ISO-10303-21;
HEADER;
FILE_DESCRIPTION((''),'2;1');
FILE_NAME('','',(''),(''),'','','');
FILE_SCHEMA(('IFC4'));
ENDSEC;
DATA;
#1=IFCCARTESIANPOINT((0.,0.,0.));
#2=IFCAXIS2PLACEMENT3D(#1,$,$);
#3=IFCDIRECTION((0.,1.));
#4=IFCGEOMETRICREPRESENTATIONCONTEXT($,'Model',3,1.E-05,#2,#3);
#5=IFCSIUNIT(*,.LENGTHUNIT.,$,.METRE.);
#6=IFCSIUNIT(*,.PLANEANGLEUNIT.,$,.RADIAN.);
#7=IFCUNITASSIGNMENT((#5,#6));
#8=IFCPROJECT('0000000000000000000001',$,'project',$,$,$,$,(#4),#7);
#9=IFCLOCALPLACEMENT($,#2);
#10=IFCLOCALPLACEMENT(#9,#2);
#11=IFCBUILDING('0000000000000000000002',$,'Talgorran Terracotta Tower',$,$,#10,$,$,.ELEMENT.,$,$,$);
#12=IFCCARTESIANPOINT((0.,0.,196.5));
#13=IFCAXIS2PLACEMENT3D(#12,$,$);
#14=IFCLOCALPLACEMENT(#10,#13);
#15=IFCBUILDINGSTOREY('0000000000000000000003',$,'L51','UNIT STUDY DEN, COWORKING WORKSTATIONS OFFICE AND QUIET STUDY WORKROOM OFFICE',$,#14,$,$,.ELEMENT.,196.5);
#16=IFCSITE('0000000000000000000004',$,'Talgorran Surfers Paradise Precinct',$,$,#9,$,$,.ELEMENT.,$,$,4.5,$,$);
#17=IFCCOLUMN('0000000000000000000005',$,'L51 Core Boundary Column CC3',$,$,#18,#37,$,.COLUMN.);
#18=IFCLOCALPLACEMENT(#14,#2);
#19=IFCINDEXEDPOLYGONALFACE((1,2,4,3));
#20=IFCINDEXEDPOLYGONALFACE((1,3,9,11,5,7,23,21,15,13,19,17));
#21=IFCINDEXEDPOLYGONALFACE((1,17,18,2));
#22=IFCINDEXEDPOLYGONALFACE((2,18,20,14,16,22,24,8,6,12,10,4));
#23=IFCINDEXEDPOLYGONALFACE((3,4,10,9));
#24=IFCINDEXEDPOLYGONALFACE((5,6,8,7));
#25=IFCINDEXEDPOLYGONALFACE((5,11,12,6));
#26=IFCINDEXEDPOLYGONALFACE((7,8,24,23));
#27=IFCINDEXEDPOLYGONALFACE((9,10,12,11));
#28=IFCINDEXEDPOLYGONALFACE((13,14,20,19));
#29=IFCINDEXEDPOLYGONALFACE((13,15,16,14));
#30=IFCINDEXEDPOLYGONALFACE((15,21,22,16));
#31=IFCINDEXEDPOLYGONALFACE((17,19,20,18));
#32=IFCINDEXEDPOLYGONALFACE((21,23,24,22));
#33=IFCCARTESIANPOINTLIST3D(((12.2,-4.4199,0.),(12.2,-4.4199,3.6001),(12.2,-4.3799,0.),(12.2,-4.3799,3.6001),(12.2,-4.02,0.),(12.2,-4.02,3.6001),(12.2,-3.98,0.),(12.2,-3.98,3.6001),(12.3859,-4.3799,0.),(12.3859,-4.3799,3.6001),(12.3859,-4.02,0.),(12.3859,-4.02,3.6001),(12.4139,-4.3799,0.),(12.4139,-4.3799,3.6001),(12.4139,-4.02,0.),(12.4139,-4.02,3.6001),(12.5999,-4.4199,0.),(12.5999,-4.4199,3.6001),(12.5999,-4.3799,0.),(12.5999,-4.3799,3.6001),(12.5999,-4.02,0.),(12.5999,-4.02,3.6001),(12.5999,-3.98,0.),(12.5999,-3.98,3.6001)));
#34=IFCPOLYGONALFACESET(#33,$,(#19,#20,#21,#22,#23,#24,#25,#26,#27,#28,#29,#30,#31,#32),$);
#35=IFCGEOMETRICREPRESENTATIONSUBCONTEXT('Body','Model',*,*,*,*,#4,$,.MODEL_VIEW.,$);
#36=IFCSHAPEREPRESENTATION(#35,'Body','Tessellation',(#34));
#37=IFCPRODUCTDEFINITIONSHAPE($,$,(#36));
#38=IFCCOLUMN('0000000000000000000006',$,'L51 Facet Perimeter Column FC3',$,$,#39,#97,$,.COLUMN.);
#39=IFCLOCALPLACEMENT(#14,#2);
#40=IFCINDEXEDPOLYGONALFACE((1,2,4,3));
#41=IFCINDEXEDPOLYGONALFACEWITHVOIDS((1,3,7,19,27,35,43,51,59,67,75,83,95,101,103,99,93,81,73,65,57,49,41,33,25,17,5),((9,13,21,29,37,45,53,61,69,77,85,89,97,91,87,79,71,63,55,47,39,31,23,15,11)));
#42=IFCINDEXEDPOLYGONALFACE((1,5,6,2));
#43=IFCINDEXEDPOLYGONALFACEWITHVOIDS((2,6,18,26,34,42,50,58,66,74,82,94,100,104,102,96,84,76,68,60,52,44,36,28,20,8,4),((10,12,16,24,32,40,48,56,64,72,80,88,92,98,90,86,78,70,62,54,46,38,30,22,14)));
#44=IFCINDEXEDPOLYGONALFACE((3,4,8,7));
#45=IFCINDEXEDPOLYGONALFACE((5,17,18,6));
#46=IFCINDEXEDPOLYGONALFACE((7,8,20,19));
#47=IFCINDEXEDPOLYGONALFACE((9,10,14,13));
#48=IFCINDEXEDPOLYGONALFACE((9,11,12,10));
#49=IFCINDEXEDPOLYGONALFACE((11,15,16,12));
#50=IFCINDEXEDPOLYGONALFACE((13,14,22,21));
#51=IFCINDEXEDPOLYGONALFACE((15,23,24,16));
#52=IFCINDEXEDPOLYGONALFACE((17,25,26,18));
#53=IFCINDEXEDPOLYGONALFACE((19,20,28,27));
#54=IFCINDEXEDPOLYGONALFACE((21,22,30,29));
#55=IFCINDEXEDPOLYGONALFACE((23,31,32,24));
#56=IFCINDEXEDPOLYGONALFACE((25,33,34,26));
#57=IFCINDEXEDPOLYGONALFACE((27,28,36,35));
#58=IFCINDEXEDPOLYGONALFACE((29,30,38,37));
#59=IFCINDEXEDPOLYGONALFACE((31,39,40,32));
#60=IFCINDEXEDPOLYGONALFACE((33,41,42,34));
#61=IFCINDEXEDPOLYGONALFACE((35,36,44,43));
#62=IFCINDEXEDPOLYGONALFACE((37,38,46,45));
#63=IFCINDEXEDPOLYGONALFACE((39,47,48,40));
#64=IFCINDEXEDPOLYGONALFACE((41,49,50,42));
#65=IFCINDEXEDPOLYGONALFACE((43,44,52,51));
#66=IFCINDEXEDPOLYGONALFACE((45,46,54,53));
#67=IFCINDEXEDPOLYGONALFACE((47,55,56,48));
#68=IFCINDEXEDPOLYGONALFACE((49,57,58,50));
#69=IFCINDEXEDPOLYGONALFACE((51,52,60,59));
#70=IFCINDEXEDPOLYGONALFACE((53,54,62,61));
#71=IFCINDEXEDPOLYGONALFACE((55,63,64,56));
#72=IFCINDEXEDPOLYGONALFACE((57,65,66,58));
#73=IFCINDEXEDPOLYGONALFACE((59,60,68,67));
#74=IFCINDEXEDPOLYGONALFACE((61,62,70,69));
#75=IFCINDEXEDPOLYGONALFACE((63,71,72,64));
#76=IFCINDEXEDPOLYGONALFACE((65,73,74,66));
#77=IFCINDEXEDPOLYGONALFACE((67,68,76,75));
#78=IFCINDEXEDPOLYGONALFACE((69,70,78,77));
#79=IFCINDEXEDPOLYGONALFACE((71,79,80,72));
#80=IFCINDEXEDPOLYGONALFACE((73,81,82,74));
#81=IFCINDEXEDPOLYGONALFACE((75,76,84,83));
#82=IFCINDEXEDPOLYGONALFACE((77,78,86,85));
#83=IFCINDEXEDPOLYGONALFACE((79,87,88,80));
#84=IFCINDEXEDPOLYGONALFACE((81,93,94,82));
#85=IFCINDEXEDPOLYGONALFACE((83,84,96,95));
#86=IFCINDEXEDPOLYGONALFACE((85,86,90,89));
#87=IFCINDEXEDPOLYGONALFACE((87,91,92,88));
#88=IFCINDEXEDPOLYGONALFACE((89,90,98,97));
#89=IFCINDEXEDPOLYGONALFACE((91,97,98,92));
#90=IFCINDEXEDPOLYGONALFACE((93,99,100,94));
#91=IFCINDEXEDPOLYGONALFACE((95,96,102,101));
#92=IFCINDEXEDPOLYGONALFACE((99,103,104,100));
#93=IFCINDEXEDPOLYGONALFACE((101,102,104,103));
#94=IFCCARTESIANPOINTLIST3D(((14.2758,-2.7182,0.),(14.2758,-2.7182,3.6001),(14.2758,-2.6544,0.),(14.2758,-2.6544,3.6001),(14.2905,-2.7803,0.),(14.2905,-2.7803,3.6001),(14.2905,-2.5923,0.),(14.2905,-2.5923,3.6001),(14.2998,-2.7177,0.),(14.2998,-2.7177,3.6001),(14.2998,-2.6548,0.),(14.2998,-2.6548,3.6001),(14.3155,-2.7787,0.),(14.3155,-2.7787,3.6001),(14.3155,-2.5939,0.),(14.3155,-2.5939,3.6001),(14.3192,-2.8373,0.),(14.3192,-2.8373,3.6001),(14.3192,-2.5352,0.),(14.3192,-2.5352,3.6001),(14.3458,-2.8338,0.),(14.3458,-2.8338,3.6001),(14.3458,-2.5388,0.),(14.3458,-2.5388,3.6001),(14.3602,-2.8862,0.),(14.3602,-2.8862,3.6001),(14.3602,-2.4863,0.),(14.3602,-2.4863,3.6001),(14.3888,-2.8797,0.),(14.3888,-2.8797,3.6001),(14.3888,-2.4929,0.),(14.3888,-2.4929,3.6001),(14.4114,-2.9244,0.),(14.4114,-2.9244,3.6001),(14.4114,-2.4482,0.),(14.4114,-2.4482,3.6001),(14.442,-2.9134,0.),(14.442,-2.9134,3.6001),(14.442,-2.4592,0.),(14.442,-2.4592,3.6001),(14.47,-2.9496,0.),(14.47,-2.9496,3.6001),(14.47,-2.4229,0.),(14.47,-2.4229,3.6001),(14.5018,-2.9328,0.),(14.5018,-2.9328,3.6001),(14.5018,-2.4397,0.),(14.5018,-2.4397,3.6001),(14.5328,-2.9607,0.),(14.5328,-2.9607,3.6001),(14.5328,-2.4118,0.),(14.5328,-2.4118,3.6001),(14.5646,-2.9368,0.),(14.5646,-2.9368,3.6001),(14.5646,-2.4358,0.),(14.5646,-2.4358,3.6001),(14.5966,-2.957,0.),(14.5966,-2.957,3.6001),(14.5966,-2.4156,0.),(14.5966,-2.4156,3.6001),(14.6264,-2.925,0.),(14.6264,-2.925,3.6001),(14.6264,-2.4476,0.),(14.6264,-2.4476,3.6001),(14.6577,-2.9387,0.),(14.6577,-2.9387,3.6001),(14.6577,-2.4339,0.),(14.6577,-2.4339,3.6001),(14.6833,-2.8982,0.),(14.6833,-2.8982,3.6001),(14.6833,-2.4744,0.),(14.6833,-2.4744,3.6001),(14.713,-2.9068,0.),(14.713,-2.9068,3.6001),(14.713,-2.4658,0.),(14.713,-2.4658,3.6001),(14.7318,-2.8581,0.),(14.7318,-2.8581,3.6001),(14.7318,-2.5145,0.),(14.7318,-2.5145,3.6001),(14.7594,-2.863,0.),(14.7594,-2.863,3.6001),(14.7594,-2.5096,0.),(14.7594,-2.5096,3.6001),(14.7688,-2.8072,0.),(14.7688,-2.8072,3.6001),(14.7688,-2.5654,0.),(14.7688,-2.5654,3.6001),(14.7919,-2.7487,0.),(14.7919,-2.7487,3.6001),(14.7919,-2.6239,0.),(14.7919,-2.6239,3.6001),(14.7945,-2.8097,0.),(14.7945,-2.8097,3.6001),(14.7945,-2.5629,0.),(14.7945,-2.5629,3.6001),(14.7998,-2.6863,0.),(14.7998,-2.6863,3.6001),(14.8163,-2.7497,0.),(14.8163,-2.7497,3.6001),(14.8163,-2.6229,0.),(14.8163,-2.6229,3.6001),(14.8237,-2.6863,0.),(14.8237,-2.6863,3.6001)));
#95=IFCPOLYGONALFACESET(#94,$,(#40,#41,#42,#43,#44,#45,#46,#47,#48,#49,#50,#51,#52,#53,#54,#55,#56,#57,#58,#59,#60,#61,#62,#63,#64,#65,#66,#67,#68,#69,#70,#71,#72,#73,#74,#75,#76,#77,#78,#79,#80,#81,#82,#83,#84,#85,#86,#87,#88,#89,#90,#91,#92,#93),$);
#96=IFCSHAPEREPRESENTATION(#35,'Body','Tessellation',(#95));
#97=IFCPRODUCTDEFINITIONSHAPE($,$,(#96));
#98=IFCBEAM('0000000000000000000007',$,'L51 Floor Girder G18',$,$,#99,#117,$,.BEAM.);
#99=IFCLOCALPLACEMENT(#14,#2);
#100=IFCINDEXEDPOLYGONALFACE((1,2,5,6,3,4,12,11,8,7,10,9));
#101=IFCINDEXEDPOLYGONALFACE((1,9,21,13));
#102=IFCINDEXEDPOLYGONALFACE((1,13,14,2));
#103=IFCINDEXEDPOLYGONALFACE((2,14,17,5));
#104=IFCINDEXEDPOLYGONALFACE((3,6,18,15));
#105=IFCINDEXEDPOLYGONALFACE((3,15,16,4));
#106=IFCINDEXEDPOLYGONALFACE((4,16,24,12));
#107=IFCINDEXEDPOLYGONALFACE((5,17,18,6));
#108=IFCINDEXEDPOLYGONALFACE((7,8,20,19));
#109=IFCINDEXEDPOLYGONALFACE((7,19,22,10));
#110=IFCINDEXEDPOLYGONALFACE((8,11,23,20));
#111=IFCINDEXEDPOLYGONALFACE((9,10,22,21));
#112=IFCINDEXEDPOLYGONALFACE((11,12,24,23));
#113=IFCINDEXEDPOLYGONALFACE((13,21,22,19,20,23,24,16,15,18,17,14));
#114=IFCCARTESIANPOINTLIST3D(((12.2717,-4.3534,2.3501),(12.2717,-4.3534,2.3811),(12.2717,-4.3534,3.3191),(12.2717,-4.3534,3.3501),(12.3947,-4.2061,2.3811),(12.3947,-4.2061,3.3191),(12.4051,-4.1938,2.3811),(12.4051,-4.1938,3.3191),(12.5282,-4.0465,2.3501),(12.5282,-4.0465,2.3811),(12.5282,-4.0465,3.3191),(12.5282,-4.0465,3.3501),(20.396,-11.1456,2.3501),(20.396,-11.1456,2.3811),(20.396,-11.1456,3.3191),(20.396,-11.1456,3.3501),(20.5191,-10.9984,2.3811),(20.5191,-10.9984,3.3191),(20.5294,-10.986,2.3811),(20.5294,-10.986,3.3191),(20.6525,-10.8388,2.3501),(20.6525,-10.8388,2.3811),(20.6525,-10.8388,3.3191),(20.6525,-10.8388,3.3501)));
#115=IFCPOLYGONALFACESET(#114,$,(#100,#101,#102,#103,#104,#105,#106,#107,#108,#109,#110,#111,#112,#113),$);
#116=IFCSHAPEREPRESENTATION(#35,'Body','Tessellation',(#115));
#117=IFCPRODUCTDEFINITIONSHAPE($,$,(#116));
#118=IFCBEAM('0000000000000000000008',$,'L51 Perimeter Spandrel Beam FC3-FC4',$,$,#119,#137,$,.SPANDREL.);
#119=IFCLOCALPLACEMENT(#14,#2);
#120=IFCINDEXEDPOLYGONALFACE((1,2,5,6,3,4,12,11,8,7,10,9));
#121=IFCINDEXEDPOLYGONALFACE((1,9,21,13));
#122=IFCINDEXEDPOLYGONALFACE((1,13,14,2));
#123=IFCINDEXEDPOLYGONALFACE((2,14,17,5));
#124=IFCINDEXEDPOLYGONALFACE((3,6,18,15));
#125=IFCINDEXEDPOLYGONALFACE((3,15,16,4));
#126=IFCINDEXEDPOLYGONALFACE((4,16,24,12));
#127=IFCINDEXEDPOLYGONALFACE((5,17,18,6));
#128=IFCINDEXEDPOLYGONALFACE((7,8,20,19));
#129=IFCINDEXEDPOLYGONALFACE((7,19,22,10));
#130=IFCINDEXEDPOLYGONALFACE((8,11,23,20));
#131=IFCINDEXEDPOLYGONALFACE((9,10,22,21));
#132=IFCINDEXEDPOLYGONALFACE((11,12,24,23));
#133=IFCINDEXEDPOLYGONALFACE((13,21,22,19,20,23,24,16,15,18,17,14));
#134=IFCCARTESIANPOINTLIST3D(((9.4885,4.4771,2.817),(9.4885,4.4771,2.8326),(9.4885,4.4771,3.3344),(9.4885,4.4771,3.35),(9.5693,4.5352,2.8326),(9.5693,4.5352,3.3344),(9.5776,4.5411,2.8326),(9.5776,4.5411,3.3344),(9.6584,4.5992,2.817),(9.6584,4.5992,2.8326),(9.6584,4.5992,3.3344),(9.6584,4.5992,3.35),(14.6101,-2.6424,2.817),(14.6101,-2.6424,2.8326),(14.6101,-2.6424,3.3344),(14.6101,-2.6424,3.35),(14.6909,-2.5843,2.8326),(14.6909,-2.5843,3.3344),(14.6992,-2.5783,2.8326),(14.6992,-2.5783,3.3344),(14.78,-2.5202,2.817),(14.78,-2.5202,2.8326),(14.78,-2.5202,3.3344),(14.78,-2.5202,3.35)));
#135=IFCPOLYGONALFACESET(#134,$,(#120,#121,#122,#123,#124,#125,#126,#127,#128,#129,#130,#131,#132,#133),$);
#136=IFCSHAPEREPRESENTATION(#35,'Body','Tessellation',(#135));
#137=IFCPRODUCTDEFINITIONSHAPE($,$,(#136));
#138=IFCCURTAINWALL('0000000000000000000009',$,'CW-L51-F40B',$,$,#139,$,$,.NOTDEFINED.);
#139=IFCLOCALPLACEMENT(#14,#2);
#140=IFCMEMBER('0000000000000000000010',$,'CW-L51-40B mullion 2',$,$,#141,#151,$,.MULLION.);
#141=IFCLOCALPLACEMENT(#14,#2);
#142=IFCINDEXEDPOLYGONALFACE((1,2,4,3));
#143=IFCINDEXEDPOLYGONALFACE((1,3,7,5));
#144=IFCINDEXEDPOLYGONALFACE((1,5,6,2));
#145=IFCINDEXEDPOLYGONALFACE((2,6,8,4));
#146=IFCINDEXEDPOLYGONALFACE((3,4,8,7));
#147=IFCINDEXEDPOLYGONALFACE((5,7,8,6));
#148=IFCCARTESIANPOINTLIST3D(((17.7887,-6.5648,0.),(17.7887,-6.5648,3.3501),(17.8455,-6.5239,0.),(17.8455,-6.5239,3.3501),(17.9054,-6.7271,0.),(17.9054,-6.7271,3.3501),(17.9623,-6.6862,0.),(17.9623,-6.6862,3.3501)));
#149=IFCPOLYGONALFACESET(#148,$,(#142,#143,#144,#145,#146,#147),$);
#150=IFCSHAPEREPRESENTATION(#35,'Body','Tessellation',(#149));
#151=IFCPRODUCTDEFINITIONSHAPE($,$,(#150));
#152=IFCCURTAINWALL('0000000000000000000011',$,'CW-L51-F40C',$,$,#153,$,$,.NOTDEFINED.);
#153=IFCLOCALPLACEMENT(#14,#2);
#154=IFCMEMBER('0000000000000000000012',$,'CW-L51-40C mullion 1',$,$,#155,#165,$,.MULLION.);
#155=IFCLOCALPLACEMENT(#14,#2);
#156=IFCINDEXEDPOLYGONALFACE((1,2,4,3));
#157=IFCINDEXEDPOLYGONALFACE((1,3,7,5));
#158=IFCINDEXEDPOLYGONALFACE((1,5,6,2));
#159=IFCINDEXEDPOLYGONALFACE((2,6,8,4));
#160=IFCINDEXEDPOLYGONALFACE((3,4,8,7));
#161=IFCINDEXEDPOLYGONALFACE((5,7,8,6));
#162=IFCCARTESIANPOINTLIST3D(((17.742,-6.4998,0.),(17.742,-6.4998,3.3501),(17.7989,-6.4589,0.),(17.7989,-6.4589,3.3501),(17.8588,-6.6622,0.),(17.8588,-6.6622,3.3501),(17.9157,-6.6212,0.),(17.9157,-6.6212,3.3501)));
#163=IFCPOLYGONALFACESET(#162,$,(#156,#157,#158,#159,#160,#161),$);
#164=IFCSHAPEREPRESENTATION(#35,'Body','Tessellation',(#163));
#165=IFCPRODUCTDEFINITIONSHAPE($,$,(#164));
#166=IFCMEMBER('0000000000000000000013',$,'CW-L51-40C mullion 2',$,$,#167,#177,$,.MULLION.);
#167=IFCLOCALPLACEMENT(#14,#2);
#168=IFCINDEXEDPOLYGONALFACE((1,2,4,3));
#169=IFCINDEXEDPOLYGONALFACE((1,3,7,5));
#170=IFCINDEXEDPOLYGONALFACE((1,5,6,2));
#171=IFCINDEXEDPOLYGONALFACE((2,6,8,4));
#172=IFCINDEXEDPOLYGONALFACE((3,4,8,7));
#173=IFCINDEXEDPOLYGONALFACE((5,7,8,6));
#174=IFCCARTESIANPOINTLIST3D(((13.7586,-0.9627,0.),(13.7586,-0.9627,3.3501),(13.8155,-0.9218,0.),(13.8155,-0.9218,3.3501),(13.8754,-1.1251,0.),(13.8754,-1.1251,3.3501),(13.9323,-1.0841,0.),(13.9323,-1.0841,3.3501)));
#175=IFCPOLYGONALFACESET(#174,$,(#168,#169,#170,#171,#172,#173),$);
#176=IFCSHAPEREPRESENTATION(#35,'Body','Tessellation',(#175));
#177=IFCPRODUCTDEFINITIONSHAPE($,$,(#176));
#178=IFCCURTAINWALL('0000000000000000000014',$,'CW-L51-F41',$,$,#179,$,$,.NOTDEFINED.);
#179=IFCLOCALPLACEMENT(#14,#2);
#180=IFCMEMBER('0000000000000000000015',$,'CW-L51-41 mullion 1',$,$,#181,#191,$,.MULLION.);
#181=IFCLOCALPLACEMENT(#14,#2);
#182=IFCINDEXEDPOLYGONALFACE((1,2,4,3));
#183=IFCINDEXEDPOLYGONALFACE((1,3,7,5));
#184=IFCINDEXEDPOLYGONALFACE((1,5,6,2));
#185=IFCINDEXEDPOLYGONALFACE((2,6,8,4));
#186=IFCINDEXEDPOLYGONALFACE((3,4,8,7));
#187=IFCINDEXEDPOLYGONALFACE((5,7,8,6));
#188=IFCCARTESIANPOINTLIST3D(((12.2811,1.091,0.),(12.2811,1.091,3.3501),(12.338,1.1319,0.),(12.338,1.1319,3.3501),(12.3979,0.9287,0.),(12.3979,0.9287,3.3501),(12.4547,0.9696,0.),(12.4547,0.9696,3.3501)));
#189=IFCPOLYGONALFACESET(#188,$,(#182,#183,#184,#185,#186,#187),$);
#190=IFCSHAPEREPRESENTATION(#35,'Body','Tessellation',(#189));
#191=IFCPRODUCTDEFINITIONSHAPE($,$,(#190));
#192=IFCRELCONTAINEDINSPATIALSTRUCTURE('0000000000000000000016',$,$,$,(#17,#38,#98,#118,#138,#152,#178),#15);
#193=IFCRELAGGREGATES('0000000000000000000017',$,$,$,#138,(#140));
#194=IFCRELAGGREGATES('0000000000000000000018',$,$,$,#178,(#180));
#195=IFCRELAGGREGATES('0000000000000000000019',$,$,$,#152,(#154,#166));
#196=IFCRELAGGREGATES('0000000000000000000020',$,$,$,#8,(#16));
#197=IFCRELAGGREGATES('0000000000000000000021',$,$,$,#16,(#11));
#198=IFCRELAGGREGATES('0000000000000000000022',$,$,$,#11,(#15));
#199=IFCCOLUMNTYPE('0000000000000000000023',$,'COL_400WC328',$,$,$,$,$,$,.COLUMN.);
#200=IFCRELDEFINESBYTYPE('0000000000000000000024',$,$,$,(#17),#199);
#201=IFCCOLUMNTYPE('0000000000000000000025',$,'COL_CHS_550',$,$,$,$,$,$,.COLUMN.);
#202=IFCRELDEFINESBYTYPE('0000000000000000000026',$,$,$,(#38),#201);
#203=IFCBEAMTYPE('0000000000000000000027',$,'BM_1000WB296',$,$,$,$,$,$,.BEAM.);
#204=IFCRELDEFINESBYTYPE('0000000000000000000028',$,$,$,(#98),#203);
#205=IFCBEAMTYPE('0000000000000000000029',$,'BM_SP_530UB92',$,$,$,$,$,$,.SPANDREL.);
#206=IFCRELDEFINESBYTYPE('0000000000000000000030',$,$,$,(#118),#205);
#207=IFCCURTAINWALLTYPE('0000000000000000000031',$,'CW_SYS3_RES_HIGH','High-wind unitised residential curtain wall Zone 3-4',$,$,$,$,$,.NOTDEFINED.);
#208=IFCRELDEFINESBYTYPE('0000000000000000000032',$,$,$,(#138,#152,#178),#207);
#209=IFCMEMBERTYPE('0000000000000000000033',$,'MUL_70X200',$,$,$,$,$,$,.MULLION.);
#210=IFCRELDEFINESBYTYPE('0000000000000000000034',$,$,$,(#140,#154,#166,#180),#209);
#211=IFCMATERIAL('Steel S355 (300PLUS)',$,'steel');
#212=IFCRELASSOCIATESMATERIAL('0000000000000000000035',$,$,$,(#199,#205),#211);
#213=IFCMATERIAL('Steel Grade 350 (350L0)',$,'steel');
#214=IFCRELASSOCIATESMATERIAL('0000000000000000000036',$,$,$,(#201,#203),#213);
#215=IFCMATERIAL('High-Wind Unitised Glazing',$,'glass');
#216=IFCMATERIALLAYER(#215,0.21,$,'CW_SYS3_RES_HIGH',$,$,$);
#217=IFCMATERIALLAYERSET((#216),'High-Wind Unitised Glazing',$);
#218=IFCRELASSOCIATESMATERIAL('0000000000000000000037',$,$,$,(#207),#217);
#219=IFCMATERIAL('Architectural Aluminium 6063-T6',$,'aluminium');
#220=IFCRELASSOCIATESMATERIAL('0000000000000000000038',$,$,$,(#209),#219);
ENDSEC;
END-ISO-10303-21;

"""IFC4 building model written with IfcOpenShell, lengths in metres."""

from ifc_helpers import new_model, si_unit, direction, frame, origin, origin_2d, place, context, subcontext, project, spatial, rectangle, hollow_circle, i_section, extrude, material, layer, layer_set, material_profile, profile_set, type_object, element, aggregate, save


model = new_model("IFC4")

# Units and contexts
model_context = context("Model", 3, precision=1e-05, world=origin(), true_north=direction((0.0, 1.0)))
body_context = subcontext(model_context, "Body", "Model", "MODEL_VIEW")
ifc_project = project(units=[si_unit("LENGTHUNIT", "METRE"), si_unit("PLANEANGLEUNIT", "RADIAN")], contexts=[model_context])

# Site, building, storey
site_placement = place(None, origin())
site = spatial("IfcSite", under=ifc_project, at=site_placement, Name="Talgorran Surfers Paradise Precinct", CompositionType="ELEMENT", RefElevation=4.5)
building_placement = place(site_placement, origin())
building = spatial("IfcBuilding", under=site, at=building_placement, Name="Talgorran Terracotta Tower", CompositionType="ELEMENT")
storey_placement = place(building_placement, frame((0.0, 0.0, 196.5)))
storey = spatial("IfcBuildingStorey", under=building, at=storey_placement, Name="L51", Description="UNIT STUDY DEN, COWORKING WORKSTATIONS OFFICE AND QUIET STUDY WORKROOM OFFICE", CompositionType="ELEMENT", Elevation=196.5)

# Columns
ifc_material_1 = material(Name="Steel S355 (300PLUS)", Category="steel")
ifc_material_profile_1 = material_profile(ifc_material_1, i_section(OverallWidth=0.3999, OverallDepth=0.4399, WebThickness=0.0281, FlangeThickness=0.04, at=origin_2d()), Name="400WC328")
ifc_profile_set_1 = profile_set([ifc_material_profile_1], Name="Steel S355 (300PLUS)")
column_type_1 = type_object("IfcColumnType", Name="COL_400WC328", PredefinedType="COLUMN", material=ifc_profile_set_1)
column_1_placement = place(storey_placement, frame((12.3999, -4.2, 0.0), z_axis=(0.0, 0.0, 1.0), x_axis=(1.0, 0.0, 0.0)))
element("IfcColumn", 1, at=column_1_placement, inside=storey, type_object=column_type_1, Name="L51 Core Boundary Column CC3", PredefinedType="COLUMN", context=body_context, shape_type="SweptSolid", body=[
    extrude(i_section(OverallWidth=0.3999, OverallDepth=0.4399, WebThickness=0.0281, FlangeThickness=0.04, at=origin_2d()), origin(), (0.0, 0.0, 1.0), 3.6001),
])
ifc_material_2 = material(Name="Steel Grade 350 (350L0)", Category="steel")
ifc_material_profile_2 = material_profile(ifc_material_2, hollow_circle(Radius=0.2749, WallThickness=0.0239, at=origin_2d()), Name="CHS550X24")
ifc_profile_set_2 = profile_set([ifc_material_profile_2], Name="Steel Grade 350 (350L0)")
column_type_2 = type_object("IfcColumnType", Name="COL_CHS_550", PredefinedType="COLUMN", material=ifc_profile_set_2)
column_2_placement = place(storey_placement, frame((14.5488, -2.6863, 0.0), z_axis=(0.0, 0.0, 1.0), x_axis=(1.0, 0.0, 0.0)))
element("IfcColumn", 2, at=column_2_placement, inside=storey, type_object=column_type_2, Name="L51 Facet Perimeter Column FC3", PredefinedType="COLUMN", context=body_context, shape_type="SweptSolid", body=[
    extrude(hollow_circle(Radius=0.2749, WallThickness=0.0239, at=origin_2d()), origin(), (0.0, 0.0, 1.0), 3.6001),
])

# Beams
ifc_material_profile_3 = material_profile(ifc_material_2, i_section(OverallWidth=0.3999, OverallDepth=1.0, WebThickness=0.0161, FlangeThickness=0.031, at=origin_2d()), Name="1000WB296")
ifc_profile_set_3 = profile_set([ifc_material_profile_3], Name="Steel Grade 350 (350L0)")
beam_type_1 = type_object("IfcBeamType", Name="BM_1000WB296", PredefinedType="BEAM", material=ifc_profile_set_3)
beam_1_placement = place(storey_placement, frame((12.3999, -4.2, 2.8501), z_axis=(0.767198, -0.64141, 0.0), x_axis=(0.64141, 0.767198, 0.0)))
element("IfcBeam", 3, at=beam_1_placement, inside=storey, type_object=beam_type_1, Name="L51 Floor Girder G18", PredefinedType="BEAM", context=body_context, shape_type="SweptSolid", body=[
    extrude(i_section(OverallWidth=0.3999, OverallDepth=1.0, WebThickness=0.0161, FlangeThickness=0.031, at=origin_2d()), origin(), (0.0, 0.0, 1.0), 10.5896),
])
ifc_material_profile_4 = material_profile(ifc_material_1, i_section(OverallWidth=0.2092, OverallDepth=0.533, WebThickness=0.0103, FlangeThickness=0.0156, at=origin_2d()), Name="530UB92.4")
ifc_profile_set_4 = profile_set([ifc_material_profile_4], Name="Steel S355 (300PLUS)")
beam_type_2 = type_object("IfcBeamType", Name="BM_SP_530UB92", PredefinedType="SPANDREL", material=ifc_profile_set_4)
beam_2_placement = place(storey_placement, frame((14.6951, -2.5813, 3.0835), z_axis=(-0.583976, 0.811771, 0.0), x_axis=(-0.811771, -0.583976, 0.0)))
element("IfcBeam", 4, at=beam_2_placement, inside=storey, type_object=beam_type_2, Name="L51 Perimeter Spandrel Beam FC3-FC4", PredefinedType="SPANDREL", context=body_context, shape_type="SweptSolid", body=[
    extrude(i_section(OverallWidth=0.2092, OverallDepth=0.533, WebThickness=0.0103, FlangeThickness=0.0156, at=origin_2d()), origin(), (0.0, 0.0, 1.0), 8.7703),
])

# Curtain wall, member
ifc_material_3 = material(Name="High-Wind Unitised Glazing", Category="glass")
ifc_layer_1 = layer(ifc_material_3, 0.21, Name="CW_SYS3_RES_HIGH")
ifc_layer_set_1 = layer_set([ifc_layer_1], Name="High-Wind Unitised Glazing")
curtain_wall_type = type_object("IfcCurtainWallType", Name="CW_SYS3_RES_HIGH", Description="High-wind unitised residential curtain wall Zone 3-4", PredefinedType="NOTDEFINED", material=ifc_layer_set_1)
curtain_wall_1_placement = place(storey_placement, origin())
curtain_wall_1 = element("IfcCurtainWall", 5, at=curtain_wall_1_placement, inside=storey, type_object=curtain_wall_type, Name="CW-L51-F40B", PredefinedType="NOTDEFINED")
ifc_material_4 = material(Name="Architectural Aluminium 6063-T6", Category="aluminium")
ifc_material_profile_5 = material_profile(ifc_material_4, rectangle(XDim=0.0701, YDim=0.2, at=origin_2d()), Name="CWM70X200")
ifc_profile_set_5 = profile_set([ifc_material_profile_5], Name="Architectural Aluminium 6063-T6")
member_type_1 = type_object("IfcMemberType", Name="MUL_70X200", PredefinedType="MULLION", material=ifc_profile_set_5)
member_1_placement = place(storey_placement, frame((17.8755, -6.6255, 0.0), z_axis=(0.0, 0.0, 1.0), x_axis=(-0.811775, -0.58397, 0.0)))
member_1 = element("IfcMember", 6, at=member_1_placement, type_object=member_type_1, Name="CW-L51-40B mullion 2", PredefinedType="MULLION", context=body_context, shape_type="SweptSolid", body=[
    extrude(rectangle(XDim=0.0701, YDim=0.2, at=origin_2d()), origin(), (0.0, 0.0, 1.0), 3.3501),
])
aggregate(curtain_wall_1, [member_1])

# Curtain wall, members
curtain_wall_2_placement = place(storey_placement, origin())
curtain_wall_2 = element("IfcCurtainWall", 7, at=curtain_wall_2_placement, inside=storey, type_object=curtain_wall_type, Name="CW-L51-F40C", PredefinedType="NOTDEFINED")
member_2_placement = place(storey_placement, frame((17.8289, -6.5605, 0.0), z_axis=(0.0, 0.0, 1.0), x_axis=(-0.811764, -0.583986, 0.0)))
member_2 = element("IfcMember", 8, at=member_2_placement, type_object=member_type_1, Name="CW-L51-40C mullion 1", PredefinedType="MULLION", context=body_context, shape_type="SweptSolid", body=[
    extrude(rectangle(XDim=0.0701, YDim=0.2, at=origin_2d()), origin(), (0.0, 0.0, 1.0), 3.3501),
])
member_3_placement = place(storey_placement, frame((13.8455, -1.0234, 0.0), z_axis=(0.0, 0.0, 1.0), x_axis=(-0.811764, -0.583986, 0.0)))
member_3 = element("IfcMember", 9, at=member_3_placement, type_object=member_type_1, Name="CW-L51-40C mullion 2", PredefinedType="MULLION", context=body_context, shape_type="SweptSolid", body=[
    extrude(rectangle(XDim=0.0701, YDim=0.2, at=origin_2d()), origin(), (0.0, 0.0, 1.0), 3.3501),
])

# Curtain wall, member
curtain_wall_3_placement = place(storey_placement, origin())
curtain_wall_3 = element("IfcCurtainWall", 10, at=curtain_wall_3_placement, inside=storey, type_object=curtain_wall_type, Name="CW-L51-F41", PredefinedType="NOTDEFINED")
member_4_placement = place(storey_placement, frame((12.3679, 1.0303, 0.0), z_axis=(0.0, 0.0, 1.0), x_axis=(-0.811762, -0.583988, 0.0)))
member_4 = element("IfcMember", 11, at=member_4_placement, type_object=member_type_1, Name="CW-L51-41 mullion 1", PredefinedType="MULLION", context=body_context, shape_type="SweptSolid", body=[
    extrude(rectangle(XDim=0.0701, YDim=0.2, at=origin_2d()), origin(), (0.0, 0.0, 1.0), 3.3501),
])

aggregate(curtain_wall_3, [member_4])

aggregate(curtain_wall_2, [member_2, member_3])

save(model, "model.ifc")
